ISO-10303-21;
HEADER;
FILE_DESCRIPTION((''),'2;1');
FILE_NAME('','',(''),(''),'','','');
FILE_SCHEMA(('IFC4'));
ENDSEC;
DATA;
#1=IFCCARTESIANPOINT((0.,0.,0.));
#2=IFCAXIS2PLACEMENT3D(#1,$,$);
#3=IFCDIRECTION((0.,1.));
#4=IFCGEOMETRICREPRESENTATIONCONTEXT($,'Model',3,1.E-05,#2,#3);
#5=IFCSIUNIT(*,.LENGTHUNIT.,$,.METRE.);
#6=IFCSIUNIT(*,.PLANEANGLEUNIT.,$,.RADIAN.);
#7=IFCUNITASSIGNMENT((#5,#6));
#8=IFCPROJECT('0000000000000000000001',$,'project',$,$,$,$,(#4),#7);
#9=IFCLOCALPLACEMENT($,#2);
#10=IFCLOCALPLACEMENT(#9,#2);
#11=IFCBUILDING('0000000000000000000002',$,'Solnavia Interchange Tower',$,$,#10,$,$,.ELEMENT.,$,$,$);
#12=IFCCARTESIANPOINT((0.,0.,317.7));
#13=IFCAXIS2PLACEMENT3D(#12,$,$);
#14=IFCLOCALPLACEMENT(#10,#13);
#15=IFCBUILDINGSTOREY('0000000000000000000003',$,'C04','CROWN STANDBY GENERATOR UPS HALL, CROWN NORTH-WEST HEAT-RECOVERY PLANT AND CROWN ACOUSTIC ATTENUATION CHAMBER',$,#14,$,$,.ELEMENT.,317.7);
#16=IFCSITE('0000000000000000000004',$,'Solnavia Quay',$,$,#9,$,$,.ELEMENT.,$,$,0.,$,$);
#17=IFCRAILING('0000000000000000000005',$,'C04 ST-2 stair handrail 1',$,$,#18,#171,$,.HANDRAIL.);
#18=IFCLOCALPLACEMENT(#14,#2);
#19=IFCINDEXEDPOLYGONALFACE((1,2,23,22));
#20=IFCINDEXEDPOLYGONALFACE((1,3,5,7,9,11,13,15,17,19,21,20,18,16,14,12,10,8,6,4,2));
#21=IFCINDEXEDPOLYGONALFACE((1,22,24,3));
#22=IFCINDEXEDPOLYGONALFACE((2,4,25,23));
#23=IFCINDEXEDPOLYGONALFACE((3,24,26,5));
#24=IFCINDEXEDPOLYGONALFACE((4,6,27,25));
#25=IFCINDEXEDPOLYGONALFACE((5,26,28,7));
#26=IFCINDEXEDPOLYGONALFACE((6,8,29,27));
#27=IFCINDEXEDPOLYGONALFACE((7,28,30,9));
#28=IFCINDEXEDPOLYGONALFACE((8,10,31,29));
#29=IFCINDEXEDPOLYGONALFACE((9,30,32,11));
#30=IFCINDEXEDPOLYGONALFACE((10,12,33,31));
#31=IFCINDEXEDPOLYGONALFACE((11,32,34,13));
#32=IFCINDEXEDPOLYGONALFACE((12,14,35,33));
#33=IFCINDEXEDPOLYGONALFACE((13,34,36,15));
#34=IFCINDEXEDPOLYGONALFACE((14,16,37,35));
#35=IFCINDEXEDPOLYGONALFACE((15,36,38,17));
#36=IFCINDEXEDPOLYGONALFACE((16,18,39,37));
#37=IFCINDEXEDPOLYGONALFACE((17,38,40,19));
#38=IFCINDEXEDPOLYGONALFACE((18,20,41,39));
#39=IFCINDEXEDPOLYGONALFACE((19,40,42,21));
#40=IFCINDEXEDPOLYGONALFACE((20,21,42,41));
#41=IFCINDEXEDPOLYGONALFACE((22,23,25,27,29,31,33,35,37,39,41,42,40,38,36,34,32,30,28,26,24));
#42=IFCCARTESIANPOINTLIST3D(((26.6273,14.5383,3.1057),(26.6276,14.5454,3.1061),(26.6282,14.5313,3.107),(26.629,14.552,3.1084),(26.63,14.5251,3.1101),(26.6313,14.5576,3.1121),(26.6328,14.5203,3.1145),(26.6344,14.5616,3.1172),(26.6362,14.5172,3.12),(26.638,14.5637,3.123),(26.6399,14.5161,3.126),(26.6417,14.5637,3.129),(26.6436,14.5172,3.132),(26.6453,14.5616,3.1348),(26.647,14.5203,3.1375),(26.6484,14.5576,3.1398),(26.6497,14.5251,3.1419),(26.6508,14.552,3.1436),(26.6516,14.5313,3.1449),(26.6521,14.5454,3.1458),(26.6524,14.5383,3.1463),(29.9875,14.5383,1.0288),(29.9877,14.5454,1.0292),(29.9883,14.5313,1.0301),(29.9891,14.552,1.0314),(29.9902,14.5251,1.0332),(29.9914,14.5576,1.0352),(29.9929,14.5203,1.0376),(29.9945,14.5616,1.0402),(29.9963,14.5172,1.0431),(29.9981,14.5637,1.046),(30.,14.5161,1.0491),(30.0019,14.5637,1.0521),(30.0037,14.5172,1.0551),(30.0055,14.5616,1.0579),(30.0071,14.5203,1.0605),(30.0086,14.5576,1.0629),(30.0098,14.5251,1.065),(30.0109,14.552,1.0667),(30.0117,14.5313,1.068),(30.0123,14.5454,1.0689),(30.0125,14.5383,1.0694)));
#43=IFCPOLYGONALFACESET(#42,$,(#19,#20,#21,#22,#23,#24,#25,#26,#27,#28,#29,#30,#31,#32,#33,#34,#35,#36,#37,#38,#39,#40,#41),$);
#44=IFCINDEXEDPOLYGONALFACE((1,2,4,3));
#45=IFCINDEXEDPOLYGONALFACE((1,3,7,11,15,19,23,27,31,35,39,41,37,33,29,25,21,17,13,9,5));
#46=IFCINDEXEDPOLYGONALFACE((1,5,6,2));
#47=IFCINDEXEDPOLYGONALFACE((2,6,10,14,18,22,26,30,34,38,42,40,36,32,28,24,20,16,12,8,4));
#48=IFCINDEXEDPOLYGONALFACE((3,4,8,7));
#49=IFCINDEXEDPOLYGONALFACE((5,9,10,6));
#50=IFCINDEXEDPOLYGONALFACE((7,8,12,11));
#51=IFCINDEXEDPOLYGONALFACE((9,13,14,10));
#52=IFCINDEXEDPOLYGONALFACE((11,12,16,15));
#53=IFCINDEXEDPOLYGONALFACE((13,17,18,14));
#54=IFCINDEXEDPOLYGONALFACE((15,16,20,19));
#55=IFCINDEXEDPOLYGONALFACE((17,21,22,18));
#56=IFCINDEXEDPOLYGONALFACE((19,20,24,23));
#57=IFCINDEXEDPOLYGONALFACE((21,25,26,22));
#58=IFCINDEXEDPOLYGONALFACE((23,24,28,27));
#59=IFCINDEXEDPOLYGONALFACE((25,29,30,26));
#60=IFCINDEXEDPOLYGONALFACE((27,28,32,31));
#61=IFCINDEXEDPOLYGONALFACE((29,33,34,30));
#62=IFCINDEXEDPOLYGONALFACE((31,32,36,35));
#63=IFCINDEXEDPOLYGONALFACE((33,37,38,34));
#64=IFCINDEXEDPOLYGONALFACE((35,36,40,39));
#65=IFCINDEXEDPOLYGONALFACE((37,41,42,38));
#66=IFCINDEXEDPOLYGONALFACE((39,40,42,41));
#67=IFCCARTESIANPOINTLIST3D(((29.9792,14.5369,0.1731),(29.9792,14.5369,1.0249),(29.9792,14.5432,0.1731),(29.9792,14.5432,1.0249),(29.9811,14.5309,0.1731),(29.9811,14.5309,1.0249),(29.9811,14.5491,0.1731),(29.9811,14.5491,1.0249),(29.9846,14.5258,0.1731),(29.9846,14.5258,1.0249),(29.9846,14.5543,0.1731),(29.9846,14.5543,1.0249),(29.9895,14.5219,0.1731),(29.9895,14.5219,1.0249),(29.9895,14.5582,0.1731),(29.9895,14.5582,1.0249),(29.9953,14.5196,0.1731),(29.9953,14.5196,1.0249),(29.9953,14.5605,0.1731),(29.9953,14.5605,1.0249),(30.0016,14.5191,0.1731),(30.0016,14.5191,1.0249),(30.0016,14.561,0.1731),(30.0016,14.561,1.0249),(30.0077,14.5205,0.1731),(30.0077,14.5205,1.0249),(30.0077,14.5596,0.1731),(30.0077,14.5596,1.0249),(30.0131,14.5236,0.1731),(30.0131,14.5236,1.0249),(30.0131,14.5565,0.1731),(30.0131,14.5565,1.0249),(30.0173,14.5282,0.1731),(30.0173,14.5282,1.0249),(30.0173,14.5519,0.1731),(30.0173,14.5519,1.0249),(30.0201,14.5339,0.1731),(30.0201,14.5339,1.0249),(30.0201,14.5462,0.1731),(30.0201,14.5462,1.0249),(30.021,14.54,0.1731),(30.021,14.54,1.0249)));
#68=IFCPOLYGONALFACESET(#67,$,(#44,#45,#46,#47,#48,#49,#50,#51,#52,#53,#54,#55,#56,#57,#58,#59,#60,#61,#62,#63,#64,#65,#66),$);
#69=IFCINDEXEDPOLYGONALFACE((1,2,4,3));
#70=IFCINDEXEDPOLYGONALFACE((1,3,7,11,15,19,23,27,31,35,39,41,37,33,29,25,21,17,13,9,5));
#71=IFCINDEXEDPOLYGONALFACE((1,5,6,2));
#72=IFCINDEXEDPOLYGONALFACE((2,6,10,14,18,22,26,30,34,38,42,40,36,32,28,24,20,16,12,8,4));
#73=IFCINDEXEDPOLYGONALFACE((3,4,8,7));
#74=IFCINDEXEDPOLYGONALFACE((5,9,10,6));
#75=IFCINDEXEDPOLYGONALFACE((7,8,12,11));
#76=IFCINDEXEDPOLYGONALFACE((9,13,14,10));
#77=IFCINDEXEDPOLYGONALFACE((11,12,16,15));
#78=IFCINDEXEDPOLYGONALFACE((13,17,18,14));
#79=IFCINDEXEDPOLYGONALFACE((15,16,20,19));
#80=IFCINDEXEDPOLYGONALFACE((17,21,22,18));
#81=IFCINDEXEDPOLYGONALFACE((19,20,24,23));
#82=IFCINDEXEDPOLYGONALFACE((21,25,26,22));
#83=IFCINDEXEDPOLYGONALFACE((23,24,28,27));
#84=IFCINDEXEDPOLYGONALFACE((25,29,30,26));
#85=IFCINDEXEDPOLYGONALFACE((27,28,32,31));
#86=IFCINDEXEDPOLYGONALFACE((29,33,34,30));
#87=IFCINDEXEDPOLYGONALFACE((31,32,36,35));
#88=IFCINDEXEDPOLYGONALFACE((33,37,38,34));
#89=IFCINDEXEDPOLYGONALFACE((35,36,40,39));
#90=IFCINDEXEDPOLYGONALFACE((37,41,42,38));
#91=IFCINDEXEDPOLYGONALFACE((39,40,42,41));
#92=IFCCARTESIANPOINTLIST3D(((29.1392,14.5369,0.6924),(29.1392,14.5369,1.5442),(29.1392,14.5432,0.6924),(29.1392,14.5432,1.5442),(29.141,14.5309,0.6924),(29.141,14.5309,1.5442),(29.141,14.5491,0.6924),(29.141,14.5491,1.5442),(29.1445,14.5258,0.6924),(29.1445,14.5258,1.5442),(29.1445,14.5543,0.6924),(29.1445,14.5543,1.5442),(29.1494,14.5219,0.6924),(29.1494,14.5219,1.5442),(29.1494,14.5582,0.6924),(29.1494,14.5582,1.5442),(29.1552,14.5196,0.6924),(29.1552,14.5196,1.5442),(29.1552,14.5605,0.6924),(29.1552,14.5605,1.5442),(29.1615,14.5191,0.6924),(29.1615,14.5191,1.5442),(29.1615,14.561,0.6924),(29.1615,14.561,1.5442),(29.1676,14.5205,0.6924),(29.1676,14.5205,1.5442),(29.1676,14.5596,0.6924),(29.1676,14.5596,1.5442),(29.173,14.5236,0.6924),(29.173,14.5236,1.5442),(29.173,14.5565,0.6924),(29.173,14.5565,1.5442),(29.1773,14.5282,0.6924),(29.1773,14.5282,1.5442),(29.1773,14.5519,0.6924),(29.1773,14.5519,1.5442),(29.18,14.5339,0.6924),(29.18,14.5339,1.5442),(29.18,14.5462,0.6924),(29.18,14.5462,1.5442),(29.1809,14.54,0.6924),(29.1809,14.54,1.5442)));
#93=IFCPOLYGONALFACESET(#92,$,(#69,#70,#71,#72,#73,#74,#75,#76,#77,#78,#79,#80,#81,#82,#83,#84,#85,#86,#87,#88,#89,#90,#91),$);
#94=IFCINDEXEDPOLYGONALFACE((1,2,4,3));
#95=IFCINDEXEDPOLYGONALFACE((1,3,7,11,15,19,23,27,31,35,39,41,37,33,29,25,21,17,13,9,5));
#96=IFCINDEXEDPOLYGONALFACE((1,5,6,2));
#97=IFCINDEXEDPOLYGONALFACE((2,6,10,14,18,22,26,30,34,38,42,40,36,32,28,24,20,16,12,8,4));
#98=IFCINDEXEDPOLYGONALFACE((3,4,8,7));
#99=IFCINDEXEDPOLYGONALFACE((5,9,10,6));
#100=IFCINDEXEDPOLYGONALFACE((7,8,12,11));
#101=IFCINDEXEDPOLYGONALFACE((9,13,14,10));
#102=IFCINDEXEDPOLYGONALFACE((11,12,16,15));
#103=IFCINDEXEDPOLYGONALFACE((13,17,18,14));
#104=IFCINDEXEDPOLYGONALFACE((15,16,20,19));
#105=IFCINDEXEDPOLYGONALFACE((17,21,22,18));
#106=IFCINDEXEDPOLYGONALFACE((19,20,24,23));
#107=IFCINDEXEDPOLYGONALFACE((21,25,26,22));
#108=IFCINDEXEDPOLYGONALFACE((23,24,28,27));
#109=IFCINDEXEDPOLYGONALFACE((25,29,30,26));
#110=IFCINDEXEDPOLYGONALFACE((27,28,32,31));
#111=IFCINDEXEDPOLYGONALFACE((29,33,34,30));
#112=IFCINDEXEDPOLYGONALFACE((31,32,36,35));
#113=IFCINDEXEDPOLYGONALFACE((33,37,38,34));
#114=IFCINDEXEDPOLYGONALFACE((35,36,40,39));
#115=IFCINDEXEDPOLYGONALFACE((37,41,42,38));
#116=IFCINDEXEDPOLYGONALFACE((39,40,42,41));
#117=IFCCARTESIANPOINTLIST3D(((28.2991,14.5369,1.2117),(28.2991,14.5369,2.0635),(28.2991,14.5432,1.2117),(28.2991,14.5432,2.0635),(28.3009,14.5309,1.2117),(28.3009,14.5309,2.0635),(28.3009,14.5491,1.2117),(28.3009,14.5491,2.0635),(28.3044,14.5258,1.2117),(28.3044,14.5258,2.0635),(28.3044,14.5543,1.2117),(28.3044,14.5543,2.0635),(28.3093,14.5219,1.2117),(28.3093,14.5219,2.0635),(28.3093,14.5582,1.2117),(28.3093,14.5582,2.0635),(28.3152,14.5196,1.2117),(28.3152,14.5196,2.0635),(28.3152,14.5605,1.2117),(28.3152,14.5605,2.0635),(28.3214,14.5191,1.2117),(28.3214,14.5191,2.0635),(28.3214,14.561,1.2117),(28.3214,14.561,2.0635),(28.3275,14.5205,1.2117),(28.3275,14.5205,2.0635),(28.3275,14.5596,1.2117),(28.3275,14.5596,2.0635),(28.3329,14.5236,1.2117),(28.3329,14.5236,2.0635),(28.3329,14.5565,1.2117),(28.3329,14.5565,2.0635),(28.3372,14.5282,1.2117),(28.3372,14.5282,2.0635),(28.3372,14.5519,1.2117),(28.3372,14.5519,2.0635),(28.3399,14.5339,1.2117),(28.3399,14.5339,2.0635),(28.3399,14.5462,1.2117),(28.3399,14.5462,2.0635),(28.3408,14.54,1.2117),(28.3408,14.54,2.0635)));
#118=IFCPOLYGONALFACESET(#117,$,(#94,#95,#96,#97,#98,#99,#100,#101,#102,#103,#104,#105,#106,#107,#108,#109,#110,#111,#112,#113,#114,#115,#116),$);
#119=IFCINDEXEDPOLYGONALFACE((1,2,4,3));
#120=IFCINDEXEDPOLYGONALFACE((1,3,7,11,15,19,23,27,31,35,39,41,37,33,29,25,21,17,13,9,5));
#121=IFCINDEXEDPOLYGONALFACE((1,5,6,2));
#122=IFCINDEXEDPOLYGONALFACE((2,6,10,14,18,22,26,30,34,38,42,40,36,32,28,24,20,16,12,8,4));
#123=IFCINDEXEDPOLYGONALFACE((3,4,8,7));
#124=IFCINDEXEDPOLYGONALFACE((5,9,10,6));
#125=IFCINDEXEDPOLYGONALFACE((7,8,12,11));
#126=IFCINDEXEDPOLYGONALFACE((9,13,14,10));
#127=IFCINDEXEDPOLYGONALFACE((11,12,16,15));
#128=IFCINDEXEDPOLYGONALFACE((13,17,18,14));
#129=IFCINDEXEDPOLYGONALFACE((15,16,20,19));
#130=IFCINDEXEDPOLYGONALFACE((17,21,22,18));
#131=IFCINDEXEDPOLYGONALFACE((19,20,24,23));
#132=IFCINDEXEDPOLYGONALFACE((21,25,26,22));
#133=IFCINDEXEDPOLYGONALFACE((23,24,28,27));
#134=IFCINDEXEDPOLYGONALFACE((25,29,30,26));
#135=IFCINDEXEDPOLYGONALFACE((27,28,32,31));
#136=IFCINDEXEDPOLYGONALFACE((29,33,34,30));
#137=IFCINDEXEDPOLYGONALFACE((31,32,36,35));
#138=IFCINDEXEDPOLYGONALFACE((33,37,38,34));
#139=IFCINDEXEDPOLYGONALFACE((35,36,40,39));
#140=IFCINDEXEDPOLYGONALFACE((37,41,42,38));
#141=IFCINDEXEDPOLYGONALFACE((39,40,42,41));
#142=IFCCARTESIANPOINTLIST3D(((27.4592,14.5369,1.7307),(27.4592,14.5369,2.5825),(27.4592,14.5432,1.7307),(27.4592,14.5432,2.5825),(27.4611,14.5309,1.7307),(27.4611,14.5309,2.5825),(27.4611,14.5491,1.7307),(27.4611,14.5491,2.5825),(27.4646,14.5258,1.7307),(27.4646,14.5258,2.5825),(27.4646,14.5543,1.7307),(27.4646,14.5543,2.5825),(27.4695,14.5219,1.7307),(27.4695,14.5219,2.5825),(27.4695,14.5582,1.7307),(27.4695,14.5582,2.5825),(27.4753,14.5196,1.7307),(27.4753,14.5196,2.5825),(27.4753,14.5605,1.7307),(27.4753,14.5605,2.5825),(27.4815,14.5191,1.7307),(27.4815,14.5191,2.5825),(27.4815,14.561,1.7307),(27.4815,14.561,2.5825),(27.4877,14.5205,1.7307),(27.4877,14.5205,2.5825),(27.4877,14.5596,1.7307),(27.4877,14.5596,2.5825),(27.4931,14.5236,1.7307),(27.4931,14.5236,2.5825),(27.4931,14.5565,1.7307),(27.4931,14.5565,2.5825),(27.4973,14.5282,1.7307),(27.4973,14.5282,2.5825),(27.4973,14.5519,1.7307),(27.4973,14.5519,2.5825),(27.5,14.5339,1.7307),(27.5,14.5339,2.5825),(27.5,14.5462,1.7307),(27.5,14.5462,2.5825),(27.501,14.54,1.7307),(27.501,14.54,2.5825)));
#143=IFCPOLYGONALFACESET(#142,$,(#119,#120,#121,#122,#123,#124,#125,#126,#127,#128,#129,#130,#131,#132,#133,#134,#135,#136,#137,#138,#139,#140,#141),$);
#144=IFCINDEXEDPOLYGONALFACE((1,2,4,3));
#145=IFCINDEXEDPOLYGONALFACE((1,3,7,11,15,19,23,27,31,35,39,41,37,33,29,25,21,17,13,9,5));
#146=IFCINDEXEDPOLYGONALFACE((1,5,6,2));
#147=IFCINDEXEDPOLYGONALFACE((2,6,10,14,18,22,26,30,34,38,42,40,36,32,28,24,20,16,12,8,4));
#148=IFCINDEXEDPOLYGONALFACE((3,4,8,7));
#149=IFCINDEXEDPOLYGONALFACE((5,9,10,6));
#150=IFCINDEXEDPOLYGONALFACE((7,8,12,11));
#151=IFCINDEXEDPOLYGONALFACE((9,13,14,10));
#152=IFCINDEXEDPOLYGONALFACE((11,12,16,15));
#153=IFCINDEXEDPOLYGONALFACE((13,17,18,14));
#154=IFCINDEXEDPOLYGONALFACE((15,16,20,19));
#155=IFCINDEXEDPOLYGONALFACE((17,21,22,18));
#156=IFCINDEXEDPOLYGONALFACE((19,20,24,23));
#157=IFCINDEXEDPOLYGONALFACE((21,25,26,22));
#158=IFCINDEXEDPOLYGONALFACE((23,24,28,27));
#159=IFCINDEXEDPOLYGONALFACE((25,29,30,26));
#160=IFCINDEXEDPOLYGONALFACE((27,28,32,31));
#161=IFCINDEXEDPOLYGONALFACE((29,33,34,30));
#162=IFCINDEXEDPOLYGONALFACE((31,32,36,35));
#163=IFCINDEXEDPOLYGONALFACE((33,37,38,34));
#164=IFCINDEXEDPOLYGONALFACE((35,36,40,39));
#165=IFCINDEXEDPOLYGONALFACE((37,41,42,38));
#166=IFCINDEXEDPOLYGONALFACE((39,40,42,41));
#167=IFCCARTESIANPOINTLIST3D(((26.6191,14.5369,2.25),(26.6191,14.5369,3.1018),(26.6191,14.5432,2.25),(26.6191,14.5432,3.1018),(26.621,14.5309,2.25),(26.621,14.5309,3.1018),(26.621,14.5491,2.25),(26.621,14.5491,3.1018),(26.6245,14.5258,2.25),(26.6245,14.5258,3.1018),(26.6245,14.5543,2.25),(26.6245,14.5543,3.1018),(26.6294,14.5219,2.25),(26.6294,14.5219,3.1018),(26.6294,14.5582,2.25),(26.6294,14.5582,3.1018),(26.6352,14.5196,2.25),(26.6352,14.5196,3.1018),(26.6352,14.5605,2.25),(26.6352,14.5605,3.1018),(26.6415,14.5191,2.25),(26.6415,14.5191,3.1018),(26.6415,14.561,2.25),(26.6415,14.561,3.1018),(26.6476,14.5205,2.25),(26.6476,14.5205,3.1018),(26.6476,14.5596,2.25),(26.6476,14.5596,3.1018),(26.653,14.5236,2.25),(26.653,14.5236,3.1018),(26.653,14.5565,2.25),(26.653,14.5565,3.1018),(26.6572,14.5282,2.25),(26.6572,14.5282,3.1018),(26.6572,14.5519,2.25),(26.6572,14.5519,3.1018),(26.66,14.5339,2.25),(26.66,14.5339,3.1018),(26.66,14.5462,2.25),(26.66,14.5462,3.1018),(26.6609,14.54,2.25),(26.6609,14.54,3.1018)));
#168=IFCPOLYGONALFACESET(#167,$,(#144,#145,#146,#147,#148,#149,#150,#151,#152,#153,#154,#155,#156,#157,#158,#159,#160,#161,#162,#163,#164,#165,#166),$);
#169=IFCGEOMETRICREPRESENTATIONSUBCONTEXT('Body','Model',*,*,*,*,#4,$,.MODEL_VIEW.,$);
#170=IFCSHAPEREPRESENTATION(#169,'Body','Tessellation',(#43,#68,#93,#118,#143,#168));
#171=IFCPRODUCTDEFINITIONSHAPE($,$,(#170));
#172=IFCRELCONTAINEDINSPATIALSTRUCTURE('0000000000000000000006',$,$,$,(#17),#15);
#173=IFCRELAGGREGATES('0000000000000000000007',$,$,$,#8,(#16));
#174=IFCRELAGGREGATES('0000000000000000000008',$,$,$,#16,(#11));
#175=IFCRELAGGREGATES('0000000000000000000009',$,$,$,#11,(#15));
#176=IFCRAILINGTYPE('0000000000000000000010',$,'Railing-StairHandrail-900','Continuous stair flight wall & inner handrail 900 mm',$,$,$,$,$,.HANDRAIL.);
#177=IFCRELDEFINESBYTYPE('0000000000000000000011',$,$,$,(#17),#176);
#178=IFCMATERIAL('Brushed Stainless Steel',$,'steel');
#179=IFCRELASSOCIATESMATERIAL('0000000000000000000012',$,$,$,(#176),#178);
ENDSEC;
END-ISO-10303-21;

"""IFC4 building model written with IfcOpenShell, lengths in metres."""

from ifc_helpers import new_model, si_unit, direction, frame, origin, origin_2d, place, context, subcontext, project, spatial, circle, extrude, material, type_object, element, save


model = new_model("IFC4")

# Units and contexts
model_context = context("Model", 3, precision=1e-05, world=origin(), true_north=direction((0.0, 1.0)))
body_context = subcontext(model_context, "Body", "Model", "MODEL_VIEW")
ifc_project = project(units=[si_unit("LENGTHUNIT", "METRE"), si_unit("PLANEANGLEUNIT", "RADIAN")], contexts=[model_context])

# Site, building, storey
site_placement = place(None, origin())
site = spatial("IfcSite", under=ifc_project, at=site_placement, Name="Solnavia Quay", CompositionType="ELEMENT", RefElevation=0.0)
building_placement = place(site_placement, origin())
building = spatial("IfcBuilding", under=site, at=building_placement, Name="Solnavia Interchange Tower", CompositionType="ELEMENT")
storey_placement = place(building_placement, frame((0.0, 0.0, 317.7)))
storey = spatial("IfcBuildingStorey", under=building, at=storey_placement, Name="C04", Description="CROWN STANDBY GENERATOR UPS HALL, CROWN NORTH-WEST HEAT-RECOVERY PLANT AND CROWN ACOUSTIC ATTENUATION CHAMBER", CompositionType="ELEMENT", Elevation=317.7)

# Railing
ifc_material_1 = material(Name="Brushed Stainless Steel", Category="steel")
railing_type_1 = type_object("IfcRailingType", Name="Railing-StairHandrail-900", Description="Continuous stair flight wall & inner handrail 900 mm", PredefinedType="HANDRAIL", material=ifc_material_1)
railing_1_placement = place(storey_placement, frame((30.0, 14.54, 0.1731)))
element("IfcRailing", 1, at=railing_1_placement, inside=storey, type_object=railing_type_1, Name="C04 ST-2 stair handrail 1", PredefinedType="HANDRAIL", context=body_context, shape_type="SweptSolid", body=[
    extrude(circle(Radius=0.0239, at=origin_2d()), frame((0.0, 0.0, 0.876), z_axis=(-0.850623, 0.0, 0.525776), x_axis=(0.0, -1.0, 0.0)), (0.0, 0.0, 1.0), 3.9502),
    extrude(circle(Radius=0.021, at=origin_2d()), origin(), (0.0, 0.0, 1.0), 0.8518),
    extrude(circle(Radius=0.021, at=origin_2d()), frame((-0.8401, 0.0, 0.5193)), (0.0, 0.0, 1.0), 0.8518),
    extrude(circle(Radius=0.021, at=origin_2d()), frame((-1.6802, 0.0, 1.0386)), (0.0, 0.0, 1.0), 0.8518),
    extrude(circle(Radius=0.021, at=origin_2d()), frame((-2.52, 0.0, 1.5576)), (0.0, 0.0, 1.0), 0.8518),
    extrude(circle(Radius=0.021, at=origin_2d()), frame((-3.3601, 0.0, 2.0769)), (0.0, 0.0, 1.0), 0.8518),
])

save(model, "model.ifc")
